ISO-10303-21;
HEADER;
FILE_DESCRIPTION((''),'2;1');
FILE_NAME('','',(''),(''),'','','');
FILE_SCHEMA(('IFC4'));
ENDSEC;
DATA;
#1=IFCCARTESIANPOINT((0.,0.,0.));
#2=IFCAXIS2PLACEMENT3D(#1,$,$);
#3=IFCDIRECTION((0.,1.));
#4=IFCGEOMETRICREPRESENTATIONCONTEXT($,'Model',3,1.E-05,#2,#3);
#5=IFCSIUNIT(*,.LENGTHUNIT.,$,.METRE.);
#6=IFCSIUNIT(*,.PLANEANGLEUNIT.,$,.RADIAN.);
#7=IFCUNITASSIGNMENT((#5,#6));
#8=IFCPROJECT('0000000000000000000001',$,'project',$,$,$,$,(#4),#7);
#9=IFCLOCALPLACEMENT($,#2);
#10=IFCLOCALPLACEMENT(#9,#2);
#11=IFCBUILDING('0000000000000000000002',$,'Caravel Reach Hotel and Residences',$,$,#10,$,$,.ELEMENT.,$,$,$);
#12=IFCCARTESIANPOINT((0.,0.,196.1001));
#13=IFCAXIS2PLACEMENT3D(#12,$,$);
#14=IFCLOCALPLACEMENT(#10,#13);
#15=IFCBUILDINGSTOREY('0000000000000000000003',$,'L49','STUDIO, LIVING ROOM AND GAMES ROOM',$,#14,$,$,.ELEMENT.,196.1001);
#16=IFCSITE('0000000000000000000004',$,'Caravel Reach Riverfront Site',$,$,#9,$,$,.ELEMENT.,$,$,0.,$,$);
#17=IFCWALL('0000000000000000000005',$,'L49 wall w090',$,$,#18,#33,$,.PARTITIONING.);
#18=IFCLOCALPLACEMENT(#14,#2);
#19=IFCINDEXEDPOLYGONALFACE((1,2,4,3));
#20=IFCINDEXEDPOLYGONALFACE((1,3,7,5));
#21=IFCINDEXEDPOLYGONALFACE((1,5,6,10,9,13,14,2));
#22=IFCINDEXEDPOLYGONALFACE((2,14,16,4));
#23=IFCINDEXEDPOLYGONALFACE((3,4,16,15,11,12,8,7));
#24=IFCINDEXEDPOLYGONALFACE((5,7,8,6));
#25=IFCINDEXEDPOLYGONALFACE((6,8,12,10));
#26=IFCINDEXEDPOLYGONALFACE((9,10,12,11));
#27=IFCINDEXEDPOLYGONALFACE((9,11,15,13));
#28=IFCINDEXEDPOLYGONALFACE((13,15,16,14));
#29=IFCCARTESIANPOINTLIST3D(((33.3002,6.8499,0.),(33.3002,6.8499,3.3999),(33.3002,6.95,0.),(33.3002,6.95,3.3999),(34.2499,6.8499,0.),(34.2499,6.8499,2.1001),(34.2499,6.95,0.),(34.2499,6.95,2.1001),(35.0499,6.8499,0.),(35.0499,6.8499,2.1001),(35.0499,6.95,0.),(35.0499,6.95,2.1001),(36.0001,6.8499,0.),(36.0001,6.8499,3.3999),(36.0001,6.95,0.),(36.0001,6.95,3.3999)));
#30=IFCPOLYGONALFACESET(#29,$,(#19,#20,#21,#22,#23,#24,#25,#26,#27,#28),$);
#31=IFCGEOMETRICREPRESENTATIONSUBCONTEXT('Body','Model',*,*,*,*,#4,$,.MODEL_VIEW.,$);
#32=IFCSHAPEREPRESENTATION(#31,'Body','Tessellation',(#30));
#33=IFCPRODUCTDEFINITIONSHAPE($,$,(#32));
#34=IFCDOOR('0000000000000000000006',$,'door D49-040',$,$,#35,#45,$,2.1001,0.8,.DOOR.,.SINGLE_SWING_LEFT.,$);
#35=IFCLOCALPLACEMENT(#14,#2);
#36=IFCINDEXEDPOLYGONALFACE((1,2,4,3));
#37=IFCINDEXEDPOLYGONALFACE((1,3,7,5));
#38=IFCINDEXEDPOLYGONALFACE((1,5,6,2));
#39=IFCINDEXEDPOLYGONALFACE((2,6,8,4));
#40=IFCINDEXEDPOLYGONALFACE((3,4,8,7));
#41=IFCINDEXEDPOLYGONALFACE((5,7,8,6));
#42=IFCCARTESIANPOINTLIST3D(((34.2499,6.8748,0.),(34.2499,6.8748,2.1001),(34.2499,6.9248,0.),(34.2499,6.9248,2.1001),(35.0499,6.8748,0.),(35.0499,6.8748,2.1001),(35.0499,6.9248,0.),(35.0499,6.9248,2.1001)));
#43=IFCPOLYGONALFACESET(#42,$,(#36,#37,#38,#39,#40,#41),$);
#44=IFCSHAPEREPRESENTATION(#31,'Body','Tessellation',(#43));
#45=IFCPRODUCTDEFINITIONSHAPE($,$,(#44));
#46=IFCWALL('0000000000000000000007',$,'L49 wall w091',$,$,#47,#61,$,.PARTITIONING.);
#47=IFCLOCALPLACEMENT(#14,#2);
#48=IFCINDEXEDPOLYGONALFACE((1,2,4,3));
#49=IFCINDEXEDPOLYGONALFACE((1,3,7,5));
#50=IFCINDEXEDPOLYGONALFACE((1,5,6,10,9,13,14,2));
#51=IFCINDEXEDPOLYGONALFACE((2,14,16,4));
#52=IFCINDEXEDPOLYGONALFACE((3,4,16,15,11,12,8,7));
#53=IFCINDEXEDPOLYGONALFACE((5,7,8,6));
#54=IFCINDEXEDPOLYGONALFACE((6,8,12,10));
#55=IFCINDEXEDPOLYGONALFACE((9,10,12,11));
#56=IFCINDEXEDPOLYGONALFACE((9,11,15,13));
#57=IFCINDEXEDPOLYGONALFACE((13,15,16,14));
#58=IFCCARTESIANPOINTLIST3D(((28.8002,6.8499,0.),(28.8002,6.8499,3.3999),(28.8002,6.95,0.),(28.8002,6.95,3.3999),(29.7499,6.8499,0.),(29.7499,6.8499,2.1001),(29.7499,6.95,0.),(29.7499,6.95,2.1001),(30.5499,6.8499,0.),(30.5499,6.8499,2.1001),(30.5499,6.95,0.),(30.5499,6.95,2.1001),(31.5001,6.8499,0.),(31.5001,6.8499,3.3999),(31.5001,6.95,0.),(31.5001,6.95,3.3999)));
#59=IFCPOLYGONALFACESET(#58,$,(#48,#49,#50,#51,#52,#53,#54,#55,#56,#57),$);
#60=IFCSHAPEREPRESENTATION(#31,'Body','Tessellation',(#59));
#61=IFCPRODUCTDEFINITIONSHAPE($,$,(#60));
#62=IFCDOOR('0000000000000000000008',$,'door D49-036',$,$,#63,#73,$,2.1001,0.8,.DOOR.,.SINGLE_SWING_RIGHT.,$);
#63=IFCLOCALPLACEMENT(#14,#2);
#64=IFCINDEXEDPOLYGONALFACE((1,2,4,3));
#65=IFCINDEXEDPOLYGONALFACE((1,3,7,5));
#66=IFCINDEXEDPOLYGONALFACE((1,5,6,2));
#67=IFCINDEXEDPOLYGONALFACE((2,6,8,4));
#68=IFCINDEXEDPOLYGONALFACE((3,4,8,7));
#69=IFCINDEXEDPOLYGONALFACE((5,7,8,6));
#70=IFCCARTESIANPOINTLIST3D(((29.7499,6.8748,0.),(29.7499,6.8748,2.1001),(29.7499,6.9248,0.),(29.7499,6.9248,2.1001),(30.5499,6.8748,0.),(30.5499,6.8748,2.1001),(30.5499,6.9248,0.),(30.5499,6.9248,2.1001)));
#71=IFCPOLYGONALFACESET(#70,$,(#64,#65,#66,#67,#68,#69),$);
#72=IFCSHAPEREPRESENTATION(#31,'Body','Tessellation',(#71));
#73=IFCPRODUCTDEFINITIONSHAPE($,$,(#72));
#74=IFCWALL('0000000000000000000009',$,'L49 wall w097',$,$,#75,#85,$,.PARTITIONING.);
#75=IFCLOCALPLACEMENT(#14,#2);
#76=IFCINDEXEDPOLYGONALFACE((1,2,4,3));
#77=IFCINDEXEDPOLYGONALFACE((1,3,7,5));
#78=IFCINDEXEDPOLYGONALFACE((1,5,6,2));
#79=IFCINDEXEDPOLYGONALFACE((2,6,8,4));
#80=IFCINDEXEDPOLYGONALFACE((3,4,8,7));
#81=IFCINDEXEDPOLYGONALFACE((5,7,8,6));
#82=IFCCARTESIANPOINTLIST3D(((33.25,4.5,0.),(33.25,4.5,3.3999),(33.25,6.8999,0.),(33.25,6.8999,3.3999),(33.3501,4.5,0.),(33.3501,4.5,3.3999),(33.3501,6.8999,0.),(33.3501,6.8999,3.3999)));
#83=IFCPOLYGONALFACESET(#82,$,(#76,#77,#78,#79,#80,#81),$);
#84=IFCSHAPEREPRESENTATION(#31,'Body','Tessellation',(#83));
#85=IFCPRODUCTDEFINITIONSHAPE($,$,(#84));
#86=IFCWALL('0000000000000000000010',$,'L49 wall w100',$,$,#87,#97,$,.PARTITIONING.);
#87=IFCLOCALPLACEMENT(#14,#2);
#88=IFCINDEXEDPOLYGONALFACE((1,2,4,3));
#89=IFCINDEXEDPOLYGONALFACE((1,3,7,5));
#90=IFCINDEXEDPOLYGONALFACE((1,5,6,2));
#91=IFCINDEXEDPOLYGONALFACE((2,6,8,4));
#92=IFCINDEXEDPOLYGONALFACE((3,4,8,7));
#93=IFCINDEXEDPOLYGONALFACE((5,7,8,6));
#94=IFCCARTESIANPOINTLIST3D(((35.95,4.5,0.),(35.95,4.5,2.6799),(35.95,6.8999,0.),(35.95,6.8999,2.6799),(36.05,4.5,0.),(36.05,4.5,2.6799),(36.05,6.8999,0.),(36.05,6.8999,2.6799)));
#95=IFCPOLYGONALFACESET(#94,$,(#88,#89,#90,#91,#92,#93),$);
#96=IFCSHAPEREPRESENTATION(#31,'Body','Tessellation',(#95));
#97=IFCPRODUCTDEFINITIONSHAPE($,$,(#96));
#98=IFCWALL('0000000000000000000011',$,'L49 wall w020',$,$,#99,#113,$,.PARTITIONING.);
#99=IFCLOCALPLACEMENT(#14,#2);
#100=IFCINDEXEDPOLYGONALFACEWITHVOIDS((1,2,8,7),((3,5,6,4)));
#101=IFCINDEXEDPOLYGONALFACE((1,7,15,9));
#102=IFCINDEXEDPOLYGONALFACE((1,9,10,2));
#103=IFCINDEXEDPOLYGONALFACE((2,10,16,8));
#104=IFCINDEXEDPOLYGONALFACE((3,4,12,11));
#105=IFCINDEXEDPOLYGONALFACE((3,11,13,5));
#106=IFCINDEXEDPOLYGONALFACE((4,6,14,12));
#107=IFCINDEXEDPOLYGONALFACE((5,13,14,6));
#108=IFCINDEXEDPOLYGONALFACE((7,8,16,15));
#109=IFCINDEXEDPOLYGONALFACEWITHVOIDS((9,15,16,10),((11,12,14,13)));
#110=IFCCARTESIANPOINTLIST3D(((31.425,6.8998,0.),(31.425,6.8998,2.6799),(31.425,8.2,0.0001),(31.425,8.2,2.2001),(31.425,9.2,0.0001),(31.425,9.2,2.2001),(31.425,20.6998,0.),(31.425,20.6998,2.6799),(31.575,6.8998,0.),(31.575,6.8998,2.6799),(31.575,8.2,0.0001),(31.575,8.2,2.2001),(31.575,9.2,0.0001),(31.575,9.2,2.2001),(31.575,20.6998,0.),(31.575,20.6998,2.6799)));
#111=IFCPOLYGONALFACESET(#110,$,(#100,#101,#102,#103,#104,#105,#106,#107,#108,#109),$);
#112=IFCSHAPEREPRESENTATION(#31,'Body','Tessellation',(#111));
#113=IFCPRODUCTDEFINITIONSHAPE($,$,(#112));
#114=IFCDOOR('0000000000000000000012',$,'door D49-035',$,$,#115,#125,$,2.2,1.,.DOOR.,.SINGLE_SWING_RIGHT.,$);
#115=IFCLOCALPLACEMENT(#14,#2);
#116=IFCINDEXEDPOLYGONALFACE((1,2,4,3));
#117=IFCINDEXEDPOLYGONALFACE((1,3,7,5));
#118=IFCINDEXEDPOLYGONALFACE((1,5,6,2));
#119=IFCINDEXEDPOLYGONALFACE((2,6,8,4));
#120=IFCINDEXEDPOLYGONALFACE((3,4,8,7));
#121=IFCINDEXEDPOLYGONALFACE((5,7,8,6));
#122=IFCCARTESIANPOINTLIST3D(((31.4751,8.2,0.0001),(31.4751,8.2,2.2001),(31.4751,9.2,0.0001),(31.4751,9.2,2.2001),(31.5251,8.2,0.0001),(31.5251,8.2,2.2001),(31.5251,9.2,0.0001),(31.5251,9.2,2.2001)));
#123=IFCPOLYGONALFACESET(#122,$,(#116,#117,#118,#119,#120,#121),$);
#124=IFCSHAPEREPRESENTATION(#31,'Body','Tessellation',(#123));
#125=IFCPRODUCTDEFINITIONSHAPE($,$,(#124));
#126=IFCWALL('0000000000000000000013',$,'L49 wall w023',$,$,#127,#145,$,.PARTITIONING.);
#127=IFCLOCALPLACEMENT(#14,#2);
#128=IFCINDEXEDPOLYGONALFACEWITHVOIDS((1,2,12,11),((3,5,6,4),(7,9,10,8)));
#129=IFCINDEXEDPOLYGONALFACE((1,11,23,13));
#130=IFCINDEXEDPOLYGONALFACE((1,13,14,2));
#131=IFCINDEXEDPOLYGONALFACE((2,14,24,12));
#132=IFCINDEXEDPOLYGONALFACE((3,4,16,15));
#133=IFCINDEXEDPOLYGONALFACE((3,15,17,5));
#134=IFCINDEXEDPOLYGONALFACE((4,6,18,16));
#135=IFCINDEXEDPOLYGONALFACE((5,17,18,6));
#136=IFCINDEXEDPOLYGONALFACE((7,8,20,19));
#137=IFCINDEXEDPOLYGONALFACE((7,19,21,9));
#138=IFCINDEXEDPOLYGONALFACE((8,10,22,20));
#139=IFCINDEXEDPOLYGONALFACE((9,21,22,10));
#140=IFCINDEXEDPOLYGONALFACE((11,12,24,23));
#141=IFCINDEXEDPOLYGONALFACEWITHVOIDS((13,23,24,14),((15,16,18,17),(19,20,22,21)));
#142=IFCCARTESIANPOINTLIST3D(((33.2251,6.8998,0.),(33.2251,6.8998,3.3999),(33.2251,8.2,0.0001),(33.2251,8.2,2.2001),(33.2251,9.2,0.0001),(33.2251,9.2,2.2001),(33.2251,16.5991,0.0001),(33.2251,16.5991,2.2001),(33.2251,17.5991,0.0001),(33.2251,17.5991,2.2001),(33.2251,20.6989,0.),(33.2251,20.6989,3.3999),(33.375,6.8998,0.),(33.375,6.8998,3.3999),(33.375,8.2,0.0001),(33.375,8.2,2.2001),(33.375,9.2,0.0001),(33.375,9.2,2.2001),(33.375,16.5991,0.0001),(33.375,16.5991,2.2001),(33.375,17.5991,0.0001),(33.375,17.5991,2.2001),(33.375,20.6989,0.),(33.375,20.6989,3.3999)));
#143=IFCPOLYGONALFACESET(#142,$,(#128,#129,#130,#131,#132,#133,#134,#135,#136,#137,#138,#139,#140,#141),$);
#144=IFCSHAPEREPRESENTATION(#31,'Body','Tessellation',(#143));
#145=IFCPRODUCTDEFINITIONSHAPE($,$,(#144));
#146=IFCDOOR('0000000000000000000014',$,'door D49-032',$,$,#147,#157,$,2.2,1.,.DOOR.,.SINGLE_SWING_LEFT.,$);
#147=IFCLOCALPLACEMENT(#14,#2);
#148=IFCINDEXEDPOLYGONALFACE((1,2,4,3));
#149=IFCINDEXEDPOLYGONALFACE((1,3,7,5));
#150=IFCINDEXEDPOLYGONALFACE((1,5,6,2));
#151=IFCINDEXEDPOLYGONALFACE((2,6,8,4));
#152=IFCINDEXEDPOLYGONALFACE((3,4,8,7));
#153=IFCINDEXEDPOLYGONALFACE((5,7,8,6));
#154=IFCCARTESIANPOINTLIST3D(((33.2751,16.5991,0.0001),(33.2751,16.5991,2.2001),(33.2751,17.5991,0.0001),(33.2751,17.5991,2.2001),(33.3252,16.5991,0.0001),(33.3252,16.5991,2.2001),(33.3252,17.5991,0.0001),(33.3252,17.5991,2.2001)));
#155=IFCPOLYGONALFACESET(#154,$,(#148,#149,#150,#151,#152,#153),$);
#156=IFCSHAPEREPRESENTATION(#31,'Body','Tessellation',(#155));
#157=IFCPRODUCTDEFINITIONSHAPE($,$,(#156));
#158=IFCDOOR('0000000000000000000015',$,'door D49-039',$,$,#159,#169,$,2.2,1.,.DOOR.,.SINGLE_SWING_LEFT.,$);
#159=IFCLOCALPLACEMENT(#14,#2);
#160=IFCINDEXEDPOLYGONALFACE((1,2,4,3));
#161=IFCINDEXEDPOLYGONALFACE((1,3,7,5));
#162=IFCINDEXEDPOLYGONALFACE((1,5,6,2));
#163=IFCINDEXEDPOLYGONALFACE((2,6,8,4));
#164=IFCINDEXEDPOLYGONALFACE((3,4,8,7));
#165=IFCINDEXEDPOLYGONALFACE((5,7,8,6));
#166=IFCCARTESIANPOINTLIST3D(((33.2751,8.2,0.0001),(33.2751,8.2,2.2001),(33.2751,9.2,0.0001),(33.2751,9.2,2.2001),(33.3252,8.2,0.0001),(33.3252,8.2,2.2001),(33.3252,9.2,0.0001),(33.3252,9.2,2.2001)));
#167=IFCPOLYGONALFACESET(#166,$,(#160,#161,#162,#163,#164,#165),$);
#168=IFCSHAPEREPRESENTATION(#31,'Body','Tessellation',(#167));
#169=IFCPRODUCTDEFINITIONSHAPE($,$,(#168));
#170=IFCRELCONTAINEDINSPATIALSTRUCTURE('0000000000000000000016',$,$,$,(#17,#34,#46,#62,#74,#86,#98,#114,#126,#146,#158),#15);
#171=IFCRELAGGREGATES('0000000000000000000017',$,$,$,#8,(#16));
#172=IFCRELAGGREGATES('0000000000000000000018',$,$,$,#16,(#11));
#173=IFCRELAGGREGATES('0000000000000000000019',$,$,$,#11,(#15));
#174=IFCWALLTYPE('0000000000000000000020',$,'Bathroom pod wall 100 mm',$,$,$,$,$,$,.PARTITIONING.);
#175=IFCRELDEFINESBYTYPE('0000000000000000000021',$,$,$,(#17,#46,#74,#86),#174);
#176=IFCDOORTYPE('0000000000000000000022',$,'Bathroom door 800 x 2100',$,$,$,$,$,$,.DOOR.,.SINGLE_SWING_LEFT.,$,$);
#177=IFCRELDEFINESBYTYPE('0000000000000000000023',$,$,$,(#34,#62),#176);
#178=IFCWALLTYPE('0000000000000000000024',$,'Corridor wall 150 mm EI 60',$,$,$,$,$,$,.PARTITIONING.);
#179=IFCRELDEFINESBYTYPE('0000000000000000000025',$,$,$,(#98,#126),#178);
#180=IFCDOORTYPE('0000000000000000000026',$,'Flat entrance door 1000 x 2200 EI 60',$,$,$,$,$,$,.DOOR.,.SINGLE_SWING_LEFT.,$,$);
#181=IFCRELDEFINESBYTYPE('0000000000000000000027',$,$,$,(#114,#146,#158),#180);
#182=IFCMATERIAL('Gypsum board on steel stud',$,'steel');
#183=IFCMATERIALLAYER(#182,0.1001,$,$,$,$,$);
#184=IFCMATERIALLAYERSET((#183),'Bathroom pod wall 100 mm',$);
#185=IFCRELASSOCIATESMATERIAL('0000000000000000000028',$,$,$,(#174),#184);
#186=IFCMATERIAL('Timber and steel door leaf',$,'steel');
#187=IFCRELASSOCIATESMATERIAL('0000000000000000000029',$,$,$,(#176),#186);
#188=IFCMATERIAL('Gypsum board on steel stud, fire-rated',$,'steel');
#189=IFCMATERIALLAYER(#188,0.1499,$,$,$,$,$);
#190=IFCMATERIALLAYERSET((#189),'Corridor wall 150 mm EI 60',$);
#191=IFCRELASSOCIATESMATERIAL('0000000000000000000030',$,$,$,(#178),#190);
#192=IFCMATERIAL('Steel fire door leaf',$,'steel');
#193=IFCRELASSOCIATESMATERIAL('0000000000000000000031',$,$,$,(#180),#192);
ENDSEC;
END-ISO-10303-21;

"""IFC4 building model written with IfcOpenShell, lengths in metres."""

from ifc_helpers import new_model, si_unit, direction, frame, frame_2d, origin, place, context, subcontext, project, spatial, rectangle, extrude, material, layer, layer_set, type_object, element, fill, save


model = new_model("IFC4")

# Units and contexts
model_context = context("Model", 3, precision=1e-05, world=origin(), true_north=direction((0.0, 1.0)))
body_context = subcontext(model_context, "Body", "Model", "MODEL_VIEW")
ifc_project = project(units=[si_unit("LENGTHUNIT", "METRE"), si_unit("PLANEANGLEUNIT", "RADIAN")], contexts=[model_context])

# Site, building, storey
site_placement = place(None, origin())
site = spatial("IfcSite", under=ifc_project, at=site_placement, Name="Caravel Reach Riverfront Site", CompositionType="ELEMENT", RefElevation=0.0)
building_placement = place(site_placement, origin())
building = spatial("IfcBuilding", under=site, at=building_placement, Name="Caravel Reach Hotel and Residences", CompositionType="ELEMENT")
storey_placement = place(building_placement, frame((0.0, 0.0, 196.1001)))
storey = spatial("IfcBuildingStorey", under=building, at=storey_placement, Name="L49", Description="STUDIO, LIVING ROOM AND GAMES ROOM", CompositionType="ELEMENT", Elevation=196.1001)

# Shared definitions
ifc_material_1 = material(Name="Gypsum board on steel stud", Category="steel")
ifc_layer_1 = layer(ifc_material_1, 0.1001)
ifc_layer_set_1 = layer_set([ifc_layer_1], Name="Bathroom pod wall 100 mm")
wall_type_1 = type_object("IfcWallType", Name="Bathroom pod wall 100 mm", PredefinedType="PARTITIONING", material=ifc_layer_set_1)

# Walls, openings, doors
wall_1_placement = place(storey_placement, frame((33.3, 6.8999, 0.0), z_axis=(0.0, 0.0, 1.0), x_axis=(1.0, 0.0, 0.0)))
wall_1 = element("IfcWall", 1, at=wall_1_placement, inside=storey, type_object=wall_type_1, Name="L49 wall w090", PredefinedType="PARTITIONING", context=body_context, shape_type="SweptSolid", body=[
    extrude(rectangle(XDim=2.7, YDim=0.1001, at=frame_2d((1.3501, 0.0))), origin(), (0.0, 0.0, 1.0), 3.3999),
])
opening_1_placement = place(wall_1_placement, frame((0.95, 0.0, 0.0)))
opening_1 = element("IfcOpeningElement", 2, at=opening_1_placement, cuts=wall_1, PredefinedType="OPENING", context=body_context, shape_type="SweptSolid", body=[
    extrude(rectangle(XDim=0.8, YDim=2.1001, at=frame_2d((0.3999, 1.05))), frame((0.0, 0.0601, 0.0), z_axis=(0.0, -1.0, 0.0), x_axis=(1.0, 0.0, 0.0)), (0.0, 0.0, 1.0), 0.1201),
])
ifc_material_2 = material(Name="Timber and steel door leaf", Category="steel")
door_type_1 = type_object("IfcDoorType", Name="Bathroom door 800 x 2100", OperationType="SINGLE_SWING_LEFT", PredefinedType="DOOR", material=ifc_material_2)
door_1_placement = place(opening_1_placement, origin())
door_1 = element("IfcDoor", 3, at=door_1_placement, inside=storey, type_object=door_type_1, Name="door D49-040", OperationType="SINGLE_SWING_LEFT", OverallHeight=2.1001, OverallWidth=0.8, PredefinedType="DOOR", context=body_context, shape_type="SweptSolid", body=[
    extrude(rectangle(XDim=0.8, YDim=2.1001, at=frame_2d((0.3999, 1.05))), frame((0.0, 0.0249, 0.0), z_axis=(0.0, -1.0, 0.0), x_axis=(1.0, 0.0, 0.0)), (0.0, 0.0, 1.0), 0.05),
])
fill(opening_1, door_1)
wall_2_placement = place(storey_placement, frame((28.8, 6.8999, 0.0), z_axis=(0.0, 0.0, 1.0), x_axis=(1.0, 0.0, 0.0)))
wall_2 = element("IfcWall", 4, at=wall_2_placement, inside=storey, type_object=wall_type_1, Name="L49 wall w091", PredefinedType="PARTITIONING", context=body_context, shape_type="SweptSolid", body=[
    extrude(rectangle(XDim=2.7, YDim=0.1001, at=frame_2d((1.3501, 0.0))), origin(), (0.0, 0.0, 1.0), 3.3999),
])
opening_2_placement = place(wall_2_placement, frame((0.95, 0.0, 0.0)))
opening_2 = element("IfcOpeningElement", 5, at=opening_2_placement, cuts=wall_2, PredefinedType="OPENING", context=body_context, shape_type="SweptSolid", body=[
    extrude(rectangle(XDim=0.8, YDim=2.1001, at=frame_2d((0.3999, 1.05))), frame((0.0, 0.0601, 0.0), z_axis=(0.0, -1.0, 0.0), x_axis=(1.0, 0.0, 0.0)), (0.0, 0.0, 1.0), 0.1201),
])
door_2_placement = place(opening_2_placement, origin())
door_2 = element("IfcDoor", 6, at=door_2_placement, inside=storey, type_object=door_type_1, Name="door D49-036", OperationType="SINGLE_SWING_RIGHT", OverallHeight=2.1001, OverallWidth=0.8, PredefinedType="DOOR", context=body_context, shape_type="SweptSolid", body=[
    extrude(rectangle(XDim=0.8, YDim=2.1001, at=frame_2d((0.3999, 1.05))), frame((0.0, 0.0249, 0.0), z_axis=(0.0, -1.0, 0.0), x_axis=(1.0, 0.0, 0.0)), (0.0, 0.0, 1.0), 0.05),
])
fill(opening_2, door_2)

# Walls
wall_3_placement = place(storey_placement, frame((33.3, 4.5, 0.0), z_axis=(0.0, 0.0, 1.0), x_axis=(0.0, 1.0, 0.0)))
element("IfcWall", 7, at=wall_3_placement, inside=storey, type_object=wall_type_1, Name="L49 wall w097", PredefinedType="PARTITIONING", context=body_context, shape_type="SweptSolid", body=[
    extrude(rectangle(XDim=2.3999, YDim=0.1001, at=frame_2d((1.2, 0.0))), origin(), (0.0, 0.0, 1.0), 3.3999),
])
wall_4_placement = place(storey_placement, frame((36.0, 4.5, 0.0), z_axis=(0.0, 0.0, 1.0), x_axis=(0.0, 1.0, 0.0)))
element("IfcWall", 8, at=wall_4_placement, inside=storey, type_object=wall_type_1, Name="L49 wall w100", PredefinedType="PARTITIONING", context=body_context, shape_type="SweptSolid", body=[
    extrude(rectangle(XDim=2.3999, YDim=0.1001, at=frame_2d((1.2, 0.0))), origin(), (0.0, 0.0, 1.0), 2.6799),
])

# Wall, opening, door
ifc_material_3 = material(Name="Gypsum board on steel stud, fire-rated", Category="steel")
ifc_layer_2 = layer(ifc_material_3, 0.1499)
ifc_layer_set_2 = layer_set([ifc_layer_2], Name="Corridor wall 150 mm EI 60")
wall_type_2 = type_object("IfcWallType", Name="Corridor wall 150 mm EI 60", PredefinedType="PARTITIONING", material=ifc_layer_set_2)
wall_5_placement = place(storey_placement, frame((31.5, 6.8999, 0.0), z_axis=(0.0, 0.0, 1.0), x_axis=(0.0, 1.0, 0.0)))
wall_5 = element("IfcWall", 9, at=wall_5_placement, inside=storey, type_object=wall_type_2, Name="L49 wall w020", PredefinedType="PARTITIONING", context=body_context, shape_type="SweptSolid", body=[
    extrude(rectangle(XDim=13.8, YDim=0.1499, at=frame_2d((6.8999, 0.0))), origin(), (0.0, 0.0, 1.0), 2.6799),
])
opening_3_placement = place(wall_5_placement, frame((1.3, 0.0, 0.0)))
opening_3 = element("IfcOpeningElement", 10, at=opening_3_placement, cuts=wall_5, PredefinedType="OPENING", context=body_context, shape_type="SweptSolid", body=[
    extrude(rectangle(XDim=1.0, YDim=2.2, at=frame_2d((0.5, 1.1001))), frame((0.0, 0.085, 0.0), z_axis=(0.0, -1.0, 0.0), x_axis=(1.0, 0.0, 0.0)), (0.0, 0.0, 1.0), 0.1699),
])
ifc_material_4 = material(Name="Steel fire door leaf", Category="steel")
door_type_2 = type_object("IfcDoorType", Name="Flat entrance door 1000 x 2200 EI 60", OperationType="SINGLE_SWING_LEFT", PredefinedType="DOOR", material=ifc_material_4)
door_3_placement = place(opening_3_placement, origin())
door_3 = element("IfcDoor", 11, at=door_3_placement, inside=storey, type_object=door_type_2, Name="door D49-035", OperationType="SINGLE_SWING_RIGHT", OverallHeight=2.2, OverallWidth=1.0, PredefinedType="DOOR", context=body_context, shape_type="SweptSolid", body=[
    extrude(rectangle(XDim=1.0, YDim=2.2, at=frame_2d((0.5, 1.1001))), frame((0.0, 0.0249, 0.0), z_axis=(0.0, -1.0, 0.0), x_axis=(1.0, 0.0, 0.0)), (0.0, 0.0, 1.0), 0.05),
])
fill(opening_3, door_3)

# Wall, openings, doors
wall_6_placement = place(storey_placement, frame((33.3, 6.8999, 0.0), z_axis=(0.0, 0.0, 1.0), x_axis=(0.0, 1.0, 0.0)))
wall_6 = element("IfcWall", 12, at=wall_6_placement, inside=storey, type_object=wall_type_2, Name="L49 wall w023", PredefinedType="PARTITIONING", context=body_context, shape_type="SweptSolid", body=[
    extrude(rectangle(XDim=13.7991, YDim=0.1499, at=frame_2d((6.8994, 0.0))), origin(), (0.0, 0.0, 1.0), 3.3999),
])
opening_4_placement = place(wall_6_placement, frame((9.6992, 0.0, 0.0)))
opening_4 = element("IfcOpeningElement", 13, at=opening_4_placement, cuts=wall_6, PredefinedType="OPENING", context=body_context, shape_type="SweptSolid", body=[
    extrude(rectangle(XDim=1.0, YDim=2.2, at=frame_2d((0.5, 1.1001))), frame((0.0, 0.085, 0.0), z_axis=(0.0, -1.0, 0.0), x_axis=(1.0, 0.0, 0.0)), (0.0, 0.0, 1.0), 0.1699),
])
opening_5_placement = place(wall_6_placement, frame((1.3, 0.0, 0.0)))
opening_5 = element("IfcOpeningElement", 14, at=opening_5_placement, cuts=wall_6, PredefinedType="OPENING", context=body_context, shape_type="SweptSolid", body=[
    extrude(rectangle(XDim=1.0, YDim=2.2, at=frame_2d((0.5, 1.1001))), frame((0.0, 0.085, 0.0), z_axis=(0.0, -1.0, 0.0), x_axis=(1.0, 0.0, 0.0)), (0.0, 0.0, 1.0), 0.1699),
])
door_4_placement = place(opening_4_placement, origin())
door_4 = element("IfcDoor", 15, at=door_4_placement, inside=storey, type_object=door_type_2, Name="door D49-032", OperationType="SINGLE_SWING_LEFT", OverallHeight=2.2, OverallWidth=1.0, PredefinedType="DOOR", context=body_context, shape_type="SweptSolid", body=[
    extrude(rectangle(XDim=1.0, YDim=2.2, at=frame_2d((0.5, 1.1001))), frame((0.0, 0.0249, 0.0), z_axis=(0.0, -1.0, 0.0), x_axis=(1.0, 0.0, 0.0)), (0.0, 0.0, 1.0), 0.05),
])
fill(opening_4, door_4)
door_5_placement = place(opening_5_placement, origin())
door_5 = element("IfcDoor", 16, at=door_5_placement, inside=storey, type_object=door_type_2, Name="door D49-039", OperationType="SINGLE_SWING_LEFT", OverallHeight=2.2, OverallWidth=1.0, PredefinedType="DOOR", context=body_context, shape_type="SweptSolid", body=[
    extrude(rectangle(XDim=1.0, YDim=2.2, at=frame_2d((0.5, 1.1001))), frame((0.0, 0.0249, 0.0), z_axis=(0.0, -1.0, 0.0), x_axis=(1.0, 0.0, 0.0)), (0.0, 0.0, 1.0), 0.05),
])
fill(opening_5, door_5)

save(model, "model.ifc")
